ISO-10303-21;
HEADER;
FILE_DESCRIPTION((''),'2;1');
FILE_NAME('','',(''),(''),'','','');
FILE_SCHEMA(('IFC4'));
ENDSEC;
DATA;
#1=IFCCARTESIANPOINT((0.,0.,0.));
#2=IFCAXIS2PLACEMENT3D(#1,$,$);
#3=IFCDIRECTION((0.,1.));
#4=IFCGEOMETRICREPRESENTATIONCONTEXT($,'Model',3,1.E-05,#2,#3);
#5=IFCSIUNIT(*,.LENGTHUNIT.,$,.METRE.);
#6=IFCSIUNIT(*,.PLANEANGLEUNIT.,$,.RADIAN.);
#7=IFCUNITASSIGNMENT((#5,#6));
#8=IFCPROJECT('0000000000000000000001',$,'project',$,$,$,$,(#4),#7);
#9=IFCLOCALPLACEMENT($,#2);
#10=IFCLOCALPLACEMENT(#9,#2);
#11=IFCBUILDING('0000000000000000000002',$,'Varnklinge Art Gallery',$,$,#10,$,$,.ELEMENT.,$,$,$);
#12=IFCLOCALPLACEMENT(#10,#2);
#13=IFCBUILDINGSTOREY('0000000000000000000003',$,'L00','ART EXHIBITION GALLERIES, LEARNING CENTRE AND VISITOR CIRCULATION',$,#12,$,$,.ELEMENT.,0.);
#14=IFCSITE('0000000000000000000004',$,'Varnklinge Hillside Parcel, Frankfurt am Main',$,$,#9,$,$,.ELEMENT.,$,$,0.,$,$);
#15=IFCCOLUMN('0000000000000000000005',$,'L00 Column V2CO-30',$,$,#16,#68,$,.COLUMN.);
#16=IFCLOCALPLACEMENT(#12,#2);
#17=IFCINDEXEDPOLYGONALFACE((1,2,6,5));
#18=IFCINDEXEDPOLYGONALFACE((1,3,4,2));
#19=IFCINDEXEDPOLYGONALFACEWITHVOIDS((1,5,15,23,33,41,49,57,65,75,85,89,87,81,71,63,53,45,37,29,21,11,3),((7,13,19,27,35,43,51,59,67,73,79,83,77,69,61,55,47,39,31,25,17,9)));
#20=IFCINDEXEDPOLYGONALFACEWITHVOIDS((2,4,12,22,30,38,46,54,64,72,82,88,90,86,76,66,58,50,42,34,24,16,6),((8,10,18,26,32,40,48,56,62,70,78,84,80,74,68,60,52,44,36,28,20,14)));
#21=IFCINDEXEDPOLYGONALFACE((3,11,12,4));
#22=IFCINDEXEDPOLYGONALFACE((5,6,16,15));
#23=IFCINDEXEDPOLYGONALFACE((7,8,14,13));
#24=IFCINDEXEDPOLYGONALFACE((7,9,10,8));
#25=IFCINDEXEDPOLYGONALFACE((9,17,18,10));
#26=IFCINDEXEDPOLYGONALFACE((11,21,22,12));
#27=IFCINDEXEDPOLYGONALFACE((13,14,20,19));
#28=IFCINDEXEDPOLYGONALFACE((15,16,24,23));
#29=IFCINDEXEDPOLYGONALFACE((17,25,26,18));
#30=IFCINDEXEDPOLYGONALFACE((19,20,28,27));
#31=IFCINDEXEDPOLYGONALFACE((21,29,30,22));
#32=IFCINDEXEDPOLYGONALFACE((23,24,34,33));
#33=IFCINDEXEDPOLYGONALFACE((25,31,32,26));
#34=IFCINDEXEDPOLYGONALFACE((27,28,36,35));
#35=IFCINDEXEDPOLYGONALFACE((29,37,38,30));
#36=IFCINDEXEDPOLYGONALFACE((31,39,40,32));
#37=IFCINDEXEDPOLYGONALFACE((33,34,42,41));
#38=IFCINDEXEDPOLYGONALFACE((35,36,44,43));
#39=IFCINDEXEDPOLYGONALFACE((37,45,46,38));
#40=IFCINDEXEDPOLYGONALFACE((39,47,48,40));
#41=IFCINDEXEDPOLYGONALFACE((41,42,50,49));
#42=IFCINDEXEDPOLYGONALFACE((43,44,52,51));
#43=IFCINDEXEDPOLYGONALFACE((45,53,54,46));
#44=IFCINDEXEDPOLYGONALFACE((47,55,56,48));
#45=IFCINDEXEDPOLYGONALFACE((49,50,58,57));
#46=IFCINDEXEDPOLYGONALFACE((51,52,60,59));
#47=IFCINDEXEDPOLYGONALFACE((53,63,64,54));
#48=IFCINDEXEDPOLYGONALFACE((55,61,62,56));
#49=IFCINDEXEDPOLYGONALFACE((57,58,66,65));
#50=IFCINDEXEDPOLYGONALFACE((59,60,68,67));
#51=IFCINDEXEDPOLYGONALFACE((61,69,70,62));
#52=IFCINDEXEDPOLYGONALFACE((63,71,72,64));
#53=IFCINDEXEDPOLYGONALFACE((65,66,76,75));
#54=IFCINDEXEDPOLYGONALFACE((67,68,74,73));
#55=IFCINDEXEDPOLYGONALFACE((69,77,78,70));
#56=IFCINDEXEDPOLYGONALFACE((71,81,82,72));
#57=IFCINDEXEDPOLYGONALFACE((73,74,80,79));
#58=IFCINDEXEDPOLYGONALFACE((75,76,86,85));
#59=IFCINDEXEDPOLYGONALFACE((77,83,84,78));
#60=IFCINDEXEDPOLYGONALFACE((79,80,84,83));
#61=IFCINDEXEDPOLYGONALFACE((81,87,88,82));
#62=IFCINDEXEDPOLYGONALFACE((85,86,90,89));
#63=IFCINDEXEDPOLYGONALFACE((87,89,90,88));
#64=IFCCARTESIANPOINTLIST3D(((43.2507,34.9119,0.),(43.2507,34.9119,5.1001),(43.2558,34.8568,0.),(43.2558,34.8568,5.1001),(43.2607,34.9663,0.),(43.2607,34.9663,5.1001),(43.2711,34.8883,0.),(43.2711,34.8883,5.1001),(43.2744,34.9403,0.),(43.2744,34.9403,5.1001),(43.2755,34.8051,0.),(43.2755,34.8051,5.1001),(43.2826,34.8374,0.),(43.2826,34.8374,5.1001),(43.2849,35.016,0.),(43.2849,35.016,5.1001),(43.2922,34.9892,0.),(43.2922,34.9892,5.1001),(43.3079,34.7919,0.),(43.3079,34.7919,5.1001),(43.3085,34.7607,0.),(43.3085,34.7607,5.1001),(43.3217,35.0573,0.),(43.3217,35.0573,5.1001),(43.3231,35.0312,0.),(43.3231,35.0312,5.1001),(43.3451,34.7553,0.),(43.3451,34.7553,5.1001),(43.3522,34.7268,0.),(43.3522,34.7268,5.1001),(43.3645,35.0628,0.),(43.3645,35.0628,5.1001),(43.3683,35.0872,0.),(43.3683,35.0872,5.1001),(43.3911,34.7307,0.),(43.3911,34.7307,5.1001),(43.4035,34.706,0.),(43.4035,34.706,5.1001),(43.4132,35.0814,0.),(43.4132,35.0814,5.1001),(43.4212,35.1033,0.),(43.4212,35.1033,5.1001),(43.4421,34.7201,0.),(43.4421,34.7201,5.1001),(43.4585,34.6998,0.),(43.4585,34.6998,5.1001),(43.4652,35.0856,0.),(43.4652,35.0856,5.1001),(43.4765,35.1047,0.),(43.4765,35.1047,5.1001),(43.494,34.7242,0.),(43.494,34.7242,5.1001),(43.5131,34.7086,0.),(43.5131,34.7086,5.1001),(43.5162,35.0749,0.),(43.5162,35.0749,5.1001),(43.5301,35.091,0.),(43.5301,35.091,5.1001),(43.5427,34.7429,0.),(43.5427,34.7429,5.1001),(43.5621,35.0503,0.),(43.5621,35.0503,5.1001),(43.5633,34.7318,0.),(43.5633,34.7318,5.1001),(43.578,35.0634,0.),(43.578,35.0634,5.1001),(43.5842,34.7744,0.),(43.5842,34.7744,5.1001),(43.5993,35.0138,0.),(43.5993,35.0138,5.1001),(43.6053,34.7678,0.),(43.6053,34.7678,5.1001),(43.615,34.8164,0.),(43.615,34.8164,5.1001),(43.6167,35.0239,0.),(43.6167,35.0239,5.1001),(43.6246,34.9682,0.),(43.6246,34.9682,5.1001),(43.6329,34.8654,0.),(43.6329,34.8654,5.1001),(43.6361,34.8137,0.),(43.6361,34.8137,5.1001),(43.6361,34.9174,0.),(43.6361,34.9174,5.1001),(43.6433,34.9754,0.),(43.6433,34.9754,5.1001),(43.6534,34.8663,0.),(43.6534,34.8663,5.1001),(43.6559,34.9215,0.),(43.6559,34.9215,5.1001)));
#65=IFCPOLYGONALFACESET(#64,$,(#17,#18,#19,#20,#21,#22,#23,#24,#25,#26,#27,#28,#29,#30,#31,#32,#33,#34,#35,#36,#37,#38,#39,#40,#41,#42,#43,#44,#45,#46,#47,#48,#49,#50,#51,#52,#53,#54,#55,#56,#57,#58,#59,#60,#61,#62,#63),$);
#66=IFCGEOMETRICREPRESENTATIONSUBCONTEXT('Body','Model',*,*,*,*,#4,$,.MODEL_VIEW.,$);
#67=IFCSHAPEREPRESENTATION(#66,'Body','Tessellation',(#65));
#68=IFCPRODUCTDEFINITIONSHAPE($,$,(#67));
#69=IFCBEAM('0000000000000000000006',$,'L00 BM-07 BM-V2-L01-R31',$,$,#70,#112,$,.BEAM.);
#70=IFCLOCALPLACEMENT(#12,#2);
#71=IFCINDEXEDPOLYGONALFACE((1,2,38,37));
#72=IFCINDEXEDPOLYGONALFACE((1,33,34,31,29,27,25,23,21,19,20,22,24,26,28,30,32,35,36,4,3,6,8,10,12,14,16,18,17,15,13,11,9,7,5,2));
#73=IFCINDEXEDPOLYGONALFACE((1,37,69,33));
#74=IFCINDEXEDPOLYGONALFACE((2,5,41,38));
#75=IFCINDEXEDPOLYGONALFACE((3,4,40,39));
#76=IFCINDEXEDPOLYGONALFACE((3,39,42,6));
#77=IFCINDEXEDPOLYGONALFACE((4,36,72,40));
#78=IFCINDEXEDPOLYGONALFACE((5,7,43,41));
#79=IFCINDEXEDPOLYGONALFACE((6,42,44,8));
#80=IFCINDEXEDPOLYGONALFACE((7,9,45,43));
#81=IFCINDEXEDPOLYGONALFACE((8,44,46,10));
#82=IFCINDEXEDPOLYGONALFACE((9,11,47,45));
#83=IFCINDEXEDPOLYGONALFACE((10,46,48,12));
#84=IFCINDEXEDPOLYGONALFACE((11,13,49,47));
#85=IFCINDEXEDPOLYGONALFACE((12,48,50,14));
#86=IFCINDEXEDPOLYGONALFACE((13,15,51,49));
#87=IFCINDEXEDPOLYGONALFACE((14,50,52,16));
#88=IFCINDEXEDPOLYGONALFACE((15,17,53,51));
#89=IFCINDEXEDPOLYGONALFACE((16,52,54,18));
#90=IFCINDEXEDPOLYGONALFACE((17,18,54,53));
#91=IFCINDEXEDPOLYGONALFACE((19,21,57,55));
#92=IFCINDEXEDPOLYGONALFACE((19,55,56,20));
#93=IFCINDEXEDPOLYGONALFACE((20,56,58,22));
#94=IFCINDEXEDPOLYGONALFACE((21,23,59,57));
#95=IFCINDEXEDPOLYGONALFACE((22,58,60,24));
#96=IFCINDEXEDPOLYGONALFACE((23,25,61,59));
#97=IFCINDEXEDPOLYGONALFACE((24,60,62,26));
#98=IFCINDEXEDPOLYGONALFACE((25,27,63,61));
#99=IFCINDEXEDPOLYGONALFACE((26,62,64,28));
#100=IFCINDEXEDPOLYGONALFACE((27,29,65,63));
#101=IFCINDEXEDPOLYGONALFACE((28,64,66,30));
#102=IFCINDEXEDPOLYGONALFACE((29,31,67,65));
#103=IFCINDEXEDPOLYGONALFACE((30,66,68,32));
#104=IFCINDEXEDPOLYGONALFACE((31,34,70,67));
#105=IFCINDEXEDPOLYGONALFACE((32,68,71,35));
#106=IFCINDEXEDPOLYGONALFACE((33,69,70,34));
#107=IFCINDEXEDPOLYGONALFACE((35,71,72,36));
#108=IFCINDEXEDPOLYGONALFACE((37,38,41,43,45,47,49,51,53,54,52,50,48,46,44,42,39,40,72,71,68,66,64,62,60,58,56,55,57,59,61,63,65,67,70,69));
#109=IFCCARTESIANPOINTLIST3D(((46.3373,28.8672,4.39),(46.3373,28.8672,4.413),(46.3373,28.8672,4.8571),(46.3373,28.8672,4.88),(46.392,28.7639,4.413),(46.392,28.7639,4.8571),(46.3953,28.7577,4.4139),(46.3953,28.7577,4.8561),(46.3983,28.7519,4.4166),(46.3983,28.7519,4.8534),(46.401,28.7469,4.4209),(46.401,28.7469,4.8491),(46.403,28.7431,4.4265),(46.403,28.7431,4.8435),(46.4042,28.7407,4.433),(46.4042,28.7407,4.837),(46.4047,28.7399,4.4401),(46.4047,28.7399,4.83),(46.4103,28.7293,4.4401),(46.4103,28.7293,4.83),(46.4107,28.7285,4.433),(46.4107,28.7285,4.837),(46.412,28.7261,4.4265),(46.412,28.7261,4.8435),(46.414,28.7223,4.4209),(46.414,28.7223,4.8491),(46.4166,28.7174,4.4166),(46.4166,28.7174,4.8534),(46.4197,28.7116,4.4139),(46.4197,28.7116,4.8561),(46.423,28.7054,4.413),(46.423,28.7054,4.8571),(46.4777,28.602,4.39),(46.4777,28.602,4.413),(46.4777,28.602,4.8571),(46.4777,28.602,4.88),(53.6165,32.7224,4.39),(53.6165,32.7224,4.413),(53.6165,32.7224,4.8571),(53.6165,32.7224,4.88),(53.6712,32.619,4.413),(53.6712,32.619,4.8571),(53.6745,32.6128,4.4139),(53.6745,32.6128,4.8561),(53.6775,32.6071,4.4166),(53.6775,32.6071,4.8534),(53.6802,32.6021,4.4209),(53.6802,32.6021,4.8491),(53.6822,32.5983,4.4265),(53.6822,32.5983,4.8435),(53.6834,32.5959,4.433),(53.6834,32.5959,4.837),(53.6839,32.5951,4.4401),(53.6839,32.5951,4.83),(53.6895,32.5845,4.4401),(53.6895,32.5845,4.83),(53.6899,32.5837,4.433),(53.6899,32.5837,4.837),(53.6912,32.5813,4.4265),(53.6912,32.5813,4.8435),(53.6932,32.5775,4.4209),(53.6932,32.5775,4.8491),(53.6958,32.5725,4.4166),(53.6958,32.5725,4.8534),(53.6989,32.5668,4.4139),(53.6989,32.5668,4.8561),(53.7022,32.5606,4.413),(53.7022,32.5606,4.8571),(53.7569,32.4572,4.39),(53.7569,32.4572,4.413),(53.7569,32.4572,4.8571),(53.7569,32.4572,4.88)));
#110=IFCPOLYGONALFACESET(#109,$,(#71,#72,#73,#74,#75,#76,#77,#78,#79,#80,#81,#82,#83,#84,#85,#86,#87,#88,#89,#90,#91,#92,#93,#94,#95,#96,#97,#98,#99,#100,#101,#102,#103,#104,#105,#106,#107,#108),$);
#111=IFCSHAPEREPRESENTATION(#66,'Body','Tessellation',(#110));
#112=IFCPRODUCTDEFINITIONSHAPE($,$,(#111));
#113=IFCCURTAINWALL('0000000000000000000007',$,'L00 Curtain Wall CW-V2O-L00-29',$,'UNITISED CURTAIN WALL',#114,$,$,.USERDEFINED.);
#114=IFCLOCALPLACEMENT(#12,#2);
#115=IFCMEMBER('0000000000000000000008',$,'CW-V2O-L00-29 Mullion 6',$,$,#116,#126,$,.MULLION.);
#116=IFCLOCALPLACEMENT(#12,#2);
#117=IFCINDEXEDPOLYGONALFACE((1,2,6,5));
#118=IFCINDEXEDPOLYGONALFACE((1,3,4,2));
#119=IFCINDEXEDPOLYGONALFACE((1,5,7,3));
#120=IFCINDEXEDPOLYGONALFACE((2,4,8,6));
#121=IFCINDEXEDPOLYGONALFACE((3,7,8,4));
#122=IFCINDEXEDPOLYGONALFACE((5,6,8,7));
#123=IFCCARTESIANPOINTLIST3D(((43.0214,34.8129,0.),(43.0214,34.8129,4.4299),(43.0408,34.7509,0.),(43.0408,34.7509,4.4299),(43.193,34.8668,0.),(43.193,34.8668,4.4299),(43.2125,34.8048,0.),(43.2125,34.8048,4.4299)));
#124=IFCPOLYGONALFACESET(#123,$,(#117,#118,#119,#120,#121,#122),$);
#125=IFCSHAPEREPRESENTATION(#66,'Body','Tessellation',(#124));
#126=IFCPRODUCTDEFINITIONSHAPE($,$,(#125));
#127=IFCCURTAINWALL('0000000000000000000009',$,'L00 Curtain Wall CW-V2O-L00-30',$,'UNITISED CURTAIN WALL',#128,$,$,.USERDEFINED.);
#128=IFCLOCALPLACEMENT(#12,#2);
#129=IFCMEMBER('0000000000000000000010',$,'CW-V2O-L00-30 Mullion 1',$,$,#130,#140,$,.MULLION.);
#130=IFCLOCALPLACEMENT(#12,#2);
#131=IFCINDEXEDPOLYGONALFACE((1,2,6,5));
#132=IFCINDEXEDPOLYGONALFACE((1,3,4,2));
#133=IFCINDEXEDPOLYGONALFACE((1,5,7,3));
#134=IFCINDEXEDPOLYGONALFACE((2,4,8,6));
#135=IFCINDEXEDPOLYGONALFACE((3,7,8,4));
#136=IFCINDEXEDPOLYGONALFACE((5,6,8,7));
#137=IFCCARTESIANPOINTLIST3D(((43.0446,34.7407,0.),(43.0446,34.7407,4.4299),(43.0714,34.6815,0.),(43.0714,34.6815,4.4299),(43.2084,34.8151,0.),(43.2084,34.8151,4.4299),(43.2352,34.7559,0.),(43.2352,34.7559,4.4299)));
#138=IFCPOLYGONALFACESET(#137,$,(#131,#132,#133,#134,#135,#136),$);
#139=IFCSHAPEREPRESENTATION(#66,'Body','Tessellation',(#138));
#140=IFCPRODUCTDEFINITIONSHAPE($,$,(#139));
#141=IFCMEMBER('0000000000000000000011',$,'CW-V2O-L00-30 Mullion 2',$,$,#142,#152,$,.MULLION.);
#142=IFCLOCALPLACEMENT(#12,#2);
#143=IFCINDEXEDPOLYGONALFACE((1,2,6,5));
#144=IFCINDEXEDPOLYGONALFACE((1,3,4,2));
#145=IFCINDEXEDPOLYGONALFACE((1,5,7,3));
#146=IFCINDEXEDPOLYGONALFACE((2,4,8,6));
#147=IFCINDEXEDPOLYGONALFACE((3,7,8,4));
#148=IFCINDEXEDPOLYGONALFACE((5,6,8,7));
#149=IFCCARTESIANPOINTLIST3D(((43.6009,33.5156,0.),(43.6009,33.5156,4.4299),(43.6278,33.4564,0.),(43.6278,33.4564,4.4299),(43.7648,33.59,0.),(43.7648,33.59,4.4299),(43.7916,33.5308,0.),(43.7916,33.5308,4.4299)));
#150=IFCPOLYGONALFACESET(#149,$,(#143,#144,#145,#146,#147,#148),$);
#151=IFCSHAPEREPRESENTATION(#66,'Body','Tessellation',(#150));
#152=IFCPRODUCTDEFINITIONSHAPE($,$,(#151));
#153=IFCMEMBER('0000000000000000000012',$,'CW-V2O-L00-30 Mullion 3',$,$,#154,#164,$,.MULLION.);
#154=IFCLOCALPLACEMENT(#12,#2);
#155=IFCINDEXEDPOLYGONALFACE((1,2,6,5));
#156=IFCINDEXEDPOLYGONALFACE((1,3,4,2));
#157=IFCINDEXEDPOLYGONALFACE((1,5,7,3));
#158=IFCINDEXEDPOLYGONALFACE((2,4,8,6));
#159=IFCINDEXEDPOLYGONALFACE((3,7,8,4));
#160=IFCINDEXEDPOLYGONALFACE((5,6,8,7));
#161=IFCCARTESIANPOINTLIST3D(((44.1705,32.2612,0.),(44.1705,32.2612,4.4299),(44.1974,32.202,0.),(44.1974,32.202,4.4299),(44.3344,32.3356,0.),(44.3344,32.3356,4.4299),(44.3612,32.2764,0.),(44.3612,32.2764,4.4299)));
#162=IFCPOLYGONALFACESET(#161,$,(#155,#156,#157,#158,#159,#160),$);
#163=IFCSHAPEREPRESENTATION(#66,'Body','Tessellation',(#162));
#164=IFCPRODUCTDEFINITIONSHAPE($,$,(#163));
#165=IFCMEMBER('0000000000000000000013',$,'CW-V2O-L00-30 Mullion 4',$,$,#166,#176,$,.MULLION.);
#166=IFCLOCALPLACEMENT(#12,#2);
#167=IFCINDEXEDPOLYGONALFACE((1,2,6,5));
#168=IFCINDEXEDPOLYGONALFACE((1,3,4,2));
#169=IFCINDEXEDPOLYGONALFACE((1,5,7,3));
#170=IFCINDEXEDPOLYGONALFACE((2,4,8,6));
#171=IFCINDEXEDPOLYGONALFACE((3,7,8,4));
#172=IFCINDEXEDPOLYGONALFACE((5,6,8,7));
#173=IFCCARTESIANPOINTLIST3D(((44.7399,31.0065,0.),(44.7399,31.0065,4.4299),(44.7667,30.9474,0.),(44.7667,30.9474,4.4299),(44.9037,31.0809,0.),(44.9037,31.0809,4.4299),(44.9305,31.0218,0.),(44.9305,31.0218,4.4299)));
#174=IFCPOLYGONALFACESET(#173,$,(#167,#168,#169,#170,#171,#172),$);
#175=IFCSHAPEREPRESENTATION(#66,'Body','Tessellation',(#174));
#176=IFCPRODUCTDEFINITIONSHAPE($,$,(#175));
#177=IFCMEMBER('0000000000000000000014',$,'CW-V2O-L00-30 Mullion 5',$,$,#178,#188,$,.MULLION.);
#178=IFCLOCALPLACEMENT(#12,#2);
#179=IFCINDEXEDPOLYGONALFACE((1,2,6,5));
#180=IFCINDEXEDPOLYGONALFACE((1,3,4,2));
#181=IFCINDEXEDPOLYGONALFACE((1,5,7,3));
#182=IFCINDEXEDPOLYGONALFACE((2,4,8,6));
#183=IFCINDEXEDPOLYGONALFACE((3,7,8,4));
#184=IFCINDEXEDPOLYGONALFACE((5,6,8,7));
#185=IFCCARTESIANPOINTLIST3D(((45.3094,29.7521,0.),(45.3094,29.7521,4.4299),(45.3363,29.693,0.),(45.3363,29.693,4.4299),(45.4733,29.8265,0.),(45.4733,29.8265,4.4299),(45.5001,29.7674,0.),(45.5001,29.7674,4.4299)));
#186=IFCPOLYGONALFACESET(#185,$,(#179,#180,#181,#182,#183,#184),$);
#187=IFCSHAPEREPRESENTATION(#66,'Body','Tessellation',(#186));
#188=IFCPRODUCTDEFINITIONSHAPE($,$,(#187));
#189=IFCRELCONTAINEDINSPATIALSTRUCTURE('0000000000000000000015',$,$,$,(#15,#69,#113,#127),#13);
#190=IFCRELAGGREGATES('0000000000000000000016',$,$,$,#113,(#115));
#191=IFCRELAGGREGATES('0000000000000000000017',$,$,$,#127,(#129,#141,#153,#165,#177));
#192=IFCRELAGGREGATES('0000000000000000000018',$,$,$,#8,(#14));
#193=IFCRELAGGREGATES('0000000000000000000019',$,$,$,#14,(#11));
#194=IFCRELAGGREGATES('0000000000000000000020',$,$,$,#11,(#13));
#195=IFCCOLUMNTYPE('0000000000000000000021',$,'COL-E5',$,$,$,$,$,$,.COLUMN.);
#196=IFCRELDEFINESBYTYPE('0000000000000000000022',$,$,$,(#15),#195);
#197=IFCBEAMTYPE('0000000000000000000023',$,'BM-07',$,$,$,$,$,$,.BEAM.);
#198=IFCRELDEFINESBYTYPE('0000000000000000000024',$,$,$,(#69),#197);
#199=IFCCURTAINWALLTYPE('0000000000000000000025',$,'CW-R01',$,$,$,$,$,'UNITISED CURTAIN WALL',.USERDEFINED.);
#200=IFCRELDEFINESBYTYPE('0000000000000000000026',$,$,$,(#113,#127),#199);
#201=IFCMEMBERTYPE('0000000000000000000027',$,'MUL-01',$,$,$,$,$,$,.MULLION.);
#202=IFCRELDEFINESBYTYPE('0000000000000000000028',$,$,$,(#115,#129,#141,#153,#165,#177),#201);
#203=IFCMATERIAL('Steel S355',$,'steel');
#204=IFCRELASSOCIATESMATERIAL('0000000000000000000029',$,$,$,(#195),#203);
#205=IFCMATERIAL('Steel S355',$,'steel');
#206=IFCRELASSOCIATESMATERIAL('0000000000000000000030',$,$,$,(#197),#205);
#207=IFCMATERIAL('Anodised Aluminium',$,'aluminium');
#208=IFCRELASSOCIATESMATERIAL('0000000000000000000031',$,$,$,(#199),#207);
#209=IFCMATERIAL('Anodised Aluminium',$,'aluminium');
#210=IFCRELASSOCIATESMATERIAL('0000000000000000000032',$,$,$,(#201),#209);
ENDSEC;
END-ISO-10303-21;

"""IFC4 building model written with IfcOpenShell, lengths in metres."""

from ifc_helpers import new_model, si_unit, direction, frame, origin, origin_2d, place, context, subcontext, project, spatial, rectangle, hollow_circle, i_section, extrude, material, material_profile, profile_set, type_object, element, aggregate, save


model = new_model("IFC4")

# Units and contexts
model_context = context("Model", 3, precision=1e-05, world=origin(), true_north=direction((0.0, 1.0)))
body_context = subcontext(model_context, "Body", "Model", "MODEL_VIEW")
ifc_project = project(units=[si_unit("LENGTHUNIT", "METRE"), si_unit("PLANEANGLEUNIT", "RADIAN")], contexts=[model_context])

# Site, building, storey
site_placement = place(None, origin())
site = spatial("IfcSite", under=ifc_project, at=site_placement, Name="Varnklinge Hillside Parcel, Frankfurt am Main", CompositionType="ELEMENT", RefElevation=0.0)
building_placement = place(site_placement, origin())
building = spatial("IfcBuilding", under=site, at=building_placement, Name="Varnklinge Art Gallery", CompositionType="ELEMENT")
storey_placement = place(building_placement, origin())
storey = spatial("IfcBuildingStorey", under=building, at=storey_placement, Name="L00", Description="ART EXHIBITION GALLERIES, LEARNING CENTRE AND VISITOR CIRCULATION", CompositionType="ELEMENT", Elevation=0.0)

# Column
ifc_material_1 = material(Name="Steel S355", Category="steel")
ifc_material_profile_1 = material_profile(ifc_material_1, hollow_circle(Radius=0.2031, WallThickness=0.02, at=origin_2d()), Name="CHS 406.4x20")
ifc_profile_set_1 = profile_set([ifc_material_profile_1], Name="Steel S355")
column_type = type_object("IfcColumnType", Name="COL-E5", PredefinedType="COLUMN", material=ifc_profile_set_1)
column_placement = place(storey_placement, frame((43.4536, 34.9028, 0.0), z_axis=(0.0, 0.0, 1.0), x_axis=(0.934018, 0.357227, 0.0)))
element("IfcColumn", 1, at=column_placement, inside=storey, type_object=column_type, Name="L00 Column V2CO-30", PredefinedType="COLUMN", context=body_context, shape_type="SweptSolid", body=[
    extrude(hollow_circle(Radius=0.2031, WallThickness=0.02, at=origin_2d()), origin(), (0.0, 0.0, 1.0), 5.1001),
])

# Beam
ifc_material_2 = material(Name="Steel S355", Category="steel")
ifc_material_profile_2 = material_profile(ifc_material_2, i_section(OverallWidth=0.3, OverallDepth=0.49, WebThickness=0.012, FlangeThickness=0.0229, FilletRadius=0.0271, at=origin_2d()), Name="HEA 500")
ifc_profile_set_2 = profile_set([ifc_material_profile_2], Name="Steel S355")
beam_type_1 = type_object("IfcBeamType", Name="BM-07", PredefinedType="BEAM", material=ifc_profile_set_2)
beam_1_placement = place(storey_placement, frame((46.4075, 28.7346, 4.635), z_axis=(0.883714, 0.468028, 0.0), x_axis=(-0.468028, 0.883714, 0.0)))
element("IfcBeam", 2, at=beam_1_placement, inside=storey, type_object=beam_type_1, Name="L00 BM-07 BM-V2-L01-R31", PredefinedType="BEAM", context=body_context, shape_type="SweptSolid", body=[
    extrude(i_section(OverallWidth=0.3, OverallDepth=0.49, WebThickness=0.012, FlangeThickness=0.0229, FilletRadius=0.0271, at=origin_2d()), origin(), (0.0, 0.0, 1.0), 8.2371),
])

# Curtain wall, member
ifc_material_3 = material(Name="Anodised Aluminium", Category="aluminium")
curtain_wall_type = type_object("IfcCurtainWallType", Name="CW-R01", ElementType="UNITISED CURTAIN WALL", PredefinedType="USERDEFINED", material=ifc_material_3)
curtain_wall_1_placement = place(storey_placement, origin())
curtain_wall_1 = element("IfcCurtainWall", 3, at=curtain_wall_1_placement, inside=storey, type_object=curtain_wall_type, Name="L00 Curtain Wall CW-V2O-L00-29", ObjectType="UNITISED CURTAIN WALL", PredefinedType="USERDEFINED")
ifc_material_4 = material(Name="Anodised Aluminium", Category="aluminium")
ifc_material_profile_3 = material_profile(ifc_material_4, rectangle(XDim=0.0649, YDim=0.1799, at=origin_2d()), Name="ALU 65x180")
ifc_profile_set_3 = profile_set([ifc_material_profile_3], Name="Anodised Aluminium")
member_type_1 = type_object("IfcMemberType", Name="MUL-01", PredefinedType="MULLION", material=ifc_profile_set_3)
member_1_placement = place(storey_placement, frame((43.1169, 34.8088, 0.0), z_axis=(0.0, 0.0, 1.0), x_axis=(0.299707, -0.954031, 0.0)))
member_1 = element("IfcMember", 4, at=member_1_placement, type_object=member_type_1, Name="CW-V2O-L00-29 Mullion 6", PredefinedType="MULLION", context=body_context, shape_type="SweptSolid", body=[
    extrude(rectangle(XDim=0.0649, YDim=0.1799, at=origin_2d()), origin(), (0.0, 0.0, 1.0), 4.4299),
])
aggregate(curtain_wall_1, [member_1])

# Curtain wall, members
curtain_wall_2_placement = place(storey_placement, origin())
curtain_wall_2 = element("IfcCurtainWall", 5, at=curtain_wall_2_placement, inside=storey, type_object=curtain_wall_type, Name="L00 Curtain Wall CW-V2O-L00-30", ObjectType="UNITISED CURTAIN WALL", PredefinedType="USERDEFINED")
member_2_placement = place(storey_placement, frame((43.1399, 34.7483, 0.0), z_axis=(0.0, 0.0, 1.0), x_axis=(0.413422, -0.910539, 0.0)))
member_2 = element("IfcMember", 6, at=member_2_placement, type_object=member_type_1, Name="CW-V2O-L00-30 Mullion 1", PredefinedType="MULLION", context=body_context, shape_type="SweptSolid", body=[
    extrude(rectangle(XDim=0.0649, YDim=0.1799, at=origin_2d()), origin(), (0.0, 0.0, 1.0), 4.4299),
])
member_3_placement = place(storey_placement, frame((43.6963, 33.5232, 0.0), z_axis=(0.0, 0.0, 1.0), x_axis=(0.413422, -0.910539, 0.0)))
member_3 = element("IfcMember", 7, at=member_3_placement, type_object=member_type_1, Name="CW-V2O-L00-30 Mullion 2", PredefinedType="MULLION", context=body_context, shape_type="SweptSolid", body=[
    extrude(rectangle(XDim=0.0649, YDim=0.1799, at=origin_2d()), origin(), (0.0, 0.0, 1.0), 4.4299),
])
member_4_placement = place(storey_placement, frame((44.2659, 32.2688, 0.0), z_axis=(0.0, 0.0, 1.0), x_axis=(0.413422, -0.910539, 0.0)))
member_4 = element("IfcMember", 8, at=member_4_placement, type_object=member_type_1, Name="CW-V2O-L00-30 Mullion 3", PredefinedType="MULLION", context=body_context, shape_type="SweptSolid", body=[
    extrude(rectangle(XDim=0.0649, YDim=0.1799, at=origin_2d()), origin(), (0.0, 0.0, 1.0), 4.4299),
])
member_5_placement = place(storey_placement, frame((44.8352, 31.0142, 0.0), z_axis=(0.0, 0.0, 1.0), x_axis=(0.413422, -0.910539, 0.0)))
member_5 = element("IfcMember", 9, at=member_5_placement, type_object=member_type_1, Name="CW-V2O-L00-30 Mullion 4", PredefinedType="MULLION", context=body_context, shape_type="SweptSolid", body=[
    extrude(rectangle(XDim=0.0649, YDim=0.1799, at=origin_2d()), origin(), (0.0, 0.0, 1.0), 4.4299),
])
member_6_placement = place(storey_placement, frame((45.4048, 29.7598, 0.0), z_axis=(0.0, 0.0, 1.0), x_axis=(0.413422, -0.910539, 0.0)))
member_6 = element("IfcMember", 10, at=member_6_placement, type_object=member_type_1, Name="CW-V2O-L00-30 Mullion 5", PredefinedType="MULLION", context=body_context, shape_type="SweptSolid", body=[
    extrude(rectangle(XDim=0.0649, YDim=0.1799, at=origin_2d()), origin(), (0.0, 0.0, 1.0), 4.4299),
])

aggregate(curtain_wall_2, [member_2, member_3, member_4, member_5, member_6])

save(model, "model.ifc")
